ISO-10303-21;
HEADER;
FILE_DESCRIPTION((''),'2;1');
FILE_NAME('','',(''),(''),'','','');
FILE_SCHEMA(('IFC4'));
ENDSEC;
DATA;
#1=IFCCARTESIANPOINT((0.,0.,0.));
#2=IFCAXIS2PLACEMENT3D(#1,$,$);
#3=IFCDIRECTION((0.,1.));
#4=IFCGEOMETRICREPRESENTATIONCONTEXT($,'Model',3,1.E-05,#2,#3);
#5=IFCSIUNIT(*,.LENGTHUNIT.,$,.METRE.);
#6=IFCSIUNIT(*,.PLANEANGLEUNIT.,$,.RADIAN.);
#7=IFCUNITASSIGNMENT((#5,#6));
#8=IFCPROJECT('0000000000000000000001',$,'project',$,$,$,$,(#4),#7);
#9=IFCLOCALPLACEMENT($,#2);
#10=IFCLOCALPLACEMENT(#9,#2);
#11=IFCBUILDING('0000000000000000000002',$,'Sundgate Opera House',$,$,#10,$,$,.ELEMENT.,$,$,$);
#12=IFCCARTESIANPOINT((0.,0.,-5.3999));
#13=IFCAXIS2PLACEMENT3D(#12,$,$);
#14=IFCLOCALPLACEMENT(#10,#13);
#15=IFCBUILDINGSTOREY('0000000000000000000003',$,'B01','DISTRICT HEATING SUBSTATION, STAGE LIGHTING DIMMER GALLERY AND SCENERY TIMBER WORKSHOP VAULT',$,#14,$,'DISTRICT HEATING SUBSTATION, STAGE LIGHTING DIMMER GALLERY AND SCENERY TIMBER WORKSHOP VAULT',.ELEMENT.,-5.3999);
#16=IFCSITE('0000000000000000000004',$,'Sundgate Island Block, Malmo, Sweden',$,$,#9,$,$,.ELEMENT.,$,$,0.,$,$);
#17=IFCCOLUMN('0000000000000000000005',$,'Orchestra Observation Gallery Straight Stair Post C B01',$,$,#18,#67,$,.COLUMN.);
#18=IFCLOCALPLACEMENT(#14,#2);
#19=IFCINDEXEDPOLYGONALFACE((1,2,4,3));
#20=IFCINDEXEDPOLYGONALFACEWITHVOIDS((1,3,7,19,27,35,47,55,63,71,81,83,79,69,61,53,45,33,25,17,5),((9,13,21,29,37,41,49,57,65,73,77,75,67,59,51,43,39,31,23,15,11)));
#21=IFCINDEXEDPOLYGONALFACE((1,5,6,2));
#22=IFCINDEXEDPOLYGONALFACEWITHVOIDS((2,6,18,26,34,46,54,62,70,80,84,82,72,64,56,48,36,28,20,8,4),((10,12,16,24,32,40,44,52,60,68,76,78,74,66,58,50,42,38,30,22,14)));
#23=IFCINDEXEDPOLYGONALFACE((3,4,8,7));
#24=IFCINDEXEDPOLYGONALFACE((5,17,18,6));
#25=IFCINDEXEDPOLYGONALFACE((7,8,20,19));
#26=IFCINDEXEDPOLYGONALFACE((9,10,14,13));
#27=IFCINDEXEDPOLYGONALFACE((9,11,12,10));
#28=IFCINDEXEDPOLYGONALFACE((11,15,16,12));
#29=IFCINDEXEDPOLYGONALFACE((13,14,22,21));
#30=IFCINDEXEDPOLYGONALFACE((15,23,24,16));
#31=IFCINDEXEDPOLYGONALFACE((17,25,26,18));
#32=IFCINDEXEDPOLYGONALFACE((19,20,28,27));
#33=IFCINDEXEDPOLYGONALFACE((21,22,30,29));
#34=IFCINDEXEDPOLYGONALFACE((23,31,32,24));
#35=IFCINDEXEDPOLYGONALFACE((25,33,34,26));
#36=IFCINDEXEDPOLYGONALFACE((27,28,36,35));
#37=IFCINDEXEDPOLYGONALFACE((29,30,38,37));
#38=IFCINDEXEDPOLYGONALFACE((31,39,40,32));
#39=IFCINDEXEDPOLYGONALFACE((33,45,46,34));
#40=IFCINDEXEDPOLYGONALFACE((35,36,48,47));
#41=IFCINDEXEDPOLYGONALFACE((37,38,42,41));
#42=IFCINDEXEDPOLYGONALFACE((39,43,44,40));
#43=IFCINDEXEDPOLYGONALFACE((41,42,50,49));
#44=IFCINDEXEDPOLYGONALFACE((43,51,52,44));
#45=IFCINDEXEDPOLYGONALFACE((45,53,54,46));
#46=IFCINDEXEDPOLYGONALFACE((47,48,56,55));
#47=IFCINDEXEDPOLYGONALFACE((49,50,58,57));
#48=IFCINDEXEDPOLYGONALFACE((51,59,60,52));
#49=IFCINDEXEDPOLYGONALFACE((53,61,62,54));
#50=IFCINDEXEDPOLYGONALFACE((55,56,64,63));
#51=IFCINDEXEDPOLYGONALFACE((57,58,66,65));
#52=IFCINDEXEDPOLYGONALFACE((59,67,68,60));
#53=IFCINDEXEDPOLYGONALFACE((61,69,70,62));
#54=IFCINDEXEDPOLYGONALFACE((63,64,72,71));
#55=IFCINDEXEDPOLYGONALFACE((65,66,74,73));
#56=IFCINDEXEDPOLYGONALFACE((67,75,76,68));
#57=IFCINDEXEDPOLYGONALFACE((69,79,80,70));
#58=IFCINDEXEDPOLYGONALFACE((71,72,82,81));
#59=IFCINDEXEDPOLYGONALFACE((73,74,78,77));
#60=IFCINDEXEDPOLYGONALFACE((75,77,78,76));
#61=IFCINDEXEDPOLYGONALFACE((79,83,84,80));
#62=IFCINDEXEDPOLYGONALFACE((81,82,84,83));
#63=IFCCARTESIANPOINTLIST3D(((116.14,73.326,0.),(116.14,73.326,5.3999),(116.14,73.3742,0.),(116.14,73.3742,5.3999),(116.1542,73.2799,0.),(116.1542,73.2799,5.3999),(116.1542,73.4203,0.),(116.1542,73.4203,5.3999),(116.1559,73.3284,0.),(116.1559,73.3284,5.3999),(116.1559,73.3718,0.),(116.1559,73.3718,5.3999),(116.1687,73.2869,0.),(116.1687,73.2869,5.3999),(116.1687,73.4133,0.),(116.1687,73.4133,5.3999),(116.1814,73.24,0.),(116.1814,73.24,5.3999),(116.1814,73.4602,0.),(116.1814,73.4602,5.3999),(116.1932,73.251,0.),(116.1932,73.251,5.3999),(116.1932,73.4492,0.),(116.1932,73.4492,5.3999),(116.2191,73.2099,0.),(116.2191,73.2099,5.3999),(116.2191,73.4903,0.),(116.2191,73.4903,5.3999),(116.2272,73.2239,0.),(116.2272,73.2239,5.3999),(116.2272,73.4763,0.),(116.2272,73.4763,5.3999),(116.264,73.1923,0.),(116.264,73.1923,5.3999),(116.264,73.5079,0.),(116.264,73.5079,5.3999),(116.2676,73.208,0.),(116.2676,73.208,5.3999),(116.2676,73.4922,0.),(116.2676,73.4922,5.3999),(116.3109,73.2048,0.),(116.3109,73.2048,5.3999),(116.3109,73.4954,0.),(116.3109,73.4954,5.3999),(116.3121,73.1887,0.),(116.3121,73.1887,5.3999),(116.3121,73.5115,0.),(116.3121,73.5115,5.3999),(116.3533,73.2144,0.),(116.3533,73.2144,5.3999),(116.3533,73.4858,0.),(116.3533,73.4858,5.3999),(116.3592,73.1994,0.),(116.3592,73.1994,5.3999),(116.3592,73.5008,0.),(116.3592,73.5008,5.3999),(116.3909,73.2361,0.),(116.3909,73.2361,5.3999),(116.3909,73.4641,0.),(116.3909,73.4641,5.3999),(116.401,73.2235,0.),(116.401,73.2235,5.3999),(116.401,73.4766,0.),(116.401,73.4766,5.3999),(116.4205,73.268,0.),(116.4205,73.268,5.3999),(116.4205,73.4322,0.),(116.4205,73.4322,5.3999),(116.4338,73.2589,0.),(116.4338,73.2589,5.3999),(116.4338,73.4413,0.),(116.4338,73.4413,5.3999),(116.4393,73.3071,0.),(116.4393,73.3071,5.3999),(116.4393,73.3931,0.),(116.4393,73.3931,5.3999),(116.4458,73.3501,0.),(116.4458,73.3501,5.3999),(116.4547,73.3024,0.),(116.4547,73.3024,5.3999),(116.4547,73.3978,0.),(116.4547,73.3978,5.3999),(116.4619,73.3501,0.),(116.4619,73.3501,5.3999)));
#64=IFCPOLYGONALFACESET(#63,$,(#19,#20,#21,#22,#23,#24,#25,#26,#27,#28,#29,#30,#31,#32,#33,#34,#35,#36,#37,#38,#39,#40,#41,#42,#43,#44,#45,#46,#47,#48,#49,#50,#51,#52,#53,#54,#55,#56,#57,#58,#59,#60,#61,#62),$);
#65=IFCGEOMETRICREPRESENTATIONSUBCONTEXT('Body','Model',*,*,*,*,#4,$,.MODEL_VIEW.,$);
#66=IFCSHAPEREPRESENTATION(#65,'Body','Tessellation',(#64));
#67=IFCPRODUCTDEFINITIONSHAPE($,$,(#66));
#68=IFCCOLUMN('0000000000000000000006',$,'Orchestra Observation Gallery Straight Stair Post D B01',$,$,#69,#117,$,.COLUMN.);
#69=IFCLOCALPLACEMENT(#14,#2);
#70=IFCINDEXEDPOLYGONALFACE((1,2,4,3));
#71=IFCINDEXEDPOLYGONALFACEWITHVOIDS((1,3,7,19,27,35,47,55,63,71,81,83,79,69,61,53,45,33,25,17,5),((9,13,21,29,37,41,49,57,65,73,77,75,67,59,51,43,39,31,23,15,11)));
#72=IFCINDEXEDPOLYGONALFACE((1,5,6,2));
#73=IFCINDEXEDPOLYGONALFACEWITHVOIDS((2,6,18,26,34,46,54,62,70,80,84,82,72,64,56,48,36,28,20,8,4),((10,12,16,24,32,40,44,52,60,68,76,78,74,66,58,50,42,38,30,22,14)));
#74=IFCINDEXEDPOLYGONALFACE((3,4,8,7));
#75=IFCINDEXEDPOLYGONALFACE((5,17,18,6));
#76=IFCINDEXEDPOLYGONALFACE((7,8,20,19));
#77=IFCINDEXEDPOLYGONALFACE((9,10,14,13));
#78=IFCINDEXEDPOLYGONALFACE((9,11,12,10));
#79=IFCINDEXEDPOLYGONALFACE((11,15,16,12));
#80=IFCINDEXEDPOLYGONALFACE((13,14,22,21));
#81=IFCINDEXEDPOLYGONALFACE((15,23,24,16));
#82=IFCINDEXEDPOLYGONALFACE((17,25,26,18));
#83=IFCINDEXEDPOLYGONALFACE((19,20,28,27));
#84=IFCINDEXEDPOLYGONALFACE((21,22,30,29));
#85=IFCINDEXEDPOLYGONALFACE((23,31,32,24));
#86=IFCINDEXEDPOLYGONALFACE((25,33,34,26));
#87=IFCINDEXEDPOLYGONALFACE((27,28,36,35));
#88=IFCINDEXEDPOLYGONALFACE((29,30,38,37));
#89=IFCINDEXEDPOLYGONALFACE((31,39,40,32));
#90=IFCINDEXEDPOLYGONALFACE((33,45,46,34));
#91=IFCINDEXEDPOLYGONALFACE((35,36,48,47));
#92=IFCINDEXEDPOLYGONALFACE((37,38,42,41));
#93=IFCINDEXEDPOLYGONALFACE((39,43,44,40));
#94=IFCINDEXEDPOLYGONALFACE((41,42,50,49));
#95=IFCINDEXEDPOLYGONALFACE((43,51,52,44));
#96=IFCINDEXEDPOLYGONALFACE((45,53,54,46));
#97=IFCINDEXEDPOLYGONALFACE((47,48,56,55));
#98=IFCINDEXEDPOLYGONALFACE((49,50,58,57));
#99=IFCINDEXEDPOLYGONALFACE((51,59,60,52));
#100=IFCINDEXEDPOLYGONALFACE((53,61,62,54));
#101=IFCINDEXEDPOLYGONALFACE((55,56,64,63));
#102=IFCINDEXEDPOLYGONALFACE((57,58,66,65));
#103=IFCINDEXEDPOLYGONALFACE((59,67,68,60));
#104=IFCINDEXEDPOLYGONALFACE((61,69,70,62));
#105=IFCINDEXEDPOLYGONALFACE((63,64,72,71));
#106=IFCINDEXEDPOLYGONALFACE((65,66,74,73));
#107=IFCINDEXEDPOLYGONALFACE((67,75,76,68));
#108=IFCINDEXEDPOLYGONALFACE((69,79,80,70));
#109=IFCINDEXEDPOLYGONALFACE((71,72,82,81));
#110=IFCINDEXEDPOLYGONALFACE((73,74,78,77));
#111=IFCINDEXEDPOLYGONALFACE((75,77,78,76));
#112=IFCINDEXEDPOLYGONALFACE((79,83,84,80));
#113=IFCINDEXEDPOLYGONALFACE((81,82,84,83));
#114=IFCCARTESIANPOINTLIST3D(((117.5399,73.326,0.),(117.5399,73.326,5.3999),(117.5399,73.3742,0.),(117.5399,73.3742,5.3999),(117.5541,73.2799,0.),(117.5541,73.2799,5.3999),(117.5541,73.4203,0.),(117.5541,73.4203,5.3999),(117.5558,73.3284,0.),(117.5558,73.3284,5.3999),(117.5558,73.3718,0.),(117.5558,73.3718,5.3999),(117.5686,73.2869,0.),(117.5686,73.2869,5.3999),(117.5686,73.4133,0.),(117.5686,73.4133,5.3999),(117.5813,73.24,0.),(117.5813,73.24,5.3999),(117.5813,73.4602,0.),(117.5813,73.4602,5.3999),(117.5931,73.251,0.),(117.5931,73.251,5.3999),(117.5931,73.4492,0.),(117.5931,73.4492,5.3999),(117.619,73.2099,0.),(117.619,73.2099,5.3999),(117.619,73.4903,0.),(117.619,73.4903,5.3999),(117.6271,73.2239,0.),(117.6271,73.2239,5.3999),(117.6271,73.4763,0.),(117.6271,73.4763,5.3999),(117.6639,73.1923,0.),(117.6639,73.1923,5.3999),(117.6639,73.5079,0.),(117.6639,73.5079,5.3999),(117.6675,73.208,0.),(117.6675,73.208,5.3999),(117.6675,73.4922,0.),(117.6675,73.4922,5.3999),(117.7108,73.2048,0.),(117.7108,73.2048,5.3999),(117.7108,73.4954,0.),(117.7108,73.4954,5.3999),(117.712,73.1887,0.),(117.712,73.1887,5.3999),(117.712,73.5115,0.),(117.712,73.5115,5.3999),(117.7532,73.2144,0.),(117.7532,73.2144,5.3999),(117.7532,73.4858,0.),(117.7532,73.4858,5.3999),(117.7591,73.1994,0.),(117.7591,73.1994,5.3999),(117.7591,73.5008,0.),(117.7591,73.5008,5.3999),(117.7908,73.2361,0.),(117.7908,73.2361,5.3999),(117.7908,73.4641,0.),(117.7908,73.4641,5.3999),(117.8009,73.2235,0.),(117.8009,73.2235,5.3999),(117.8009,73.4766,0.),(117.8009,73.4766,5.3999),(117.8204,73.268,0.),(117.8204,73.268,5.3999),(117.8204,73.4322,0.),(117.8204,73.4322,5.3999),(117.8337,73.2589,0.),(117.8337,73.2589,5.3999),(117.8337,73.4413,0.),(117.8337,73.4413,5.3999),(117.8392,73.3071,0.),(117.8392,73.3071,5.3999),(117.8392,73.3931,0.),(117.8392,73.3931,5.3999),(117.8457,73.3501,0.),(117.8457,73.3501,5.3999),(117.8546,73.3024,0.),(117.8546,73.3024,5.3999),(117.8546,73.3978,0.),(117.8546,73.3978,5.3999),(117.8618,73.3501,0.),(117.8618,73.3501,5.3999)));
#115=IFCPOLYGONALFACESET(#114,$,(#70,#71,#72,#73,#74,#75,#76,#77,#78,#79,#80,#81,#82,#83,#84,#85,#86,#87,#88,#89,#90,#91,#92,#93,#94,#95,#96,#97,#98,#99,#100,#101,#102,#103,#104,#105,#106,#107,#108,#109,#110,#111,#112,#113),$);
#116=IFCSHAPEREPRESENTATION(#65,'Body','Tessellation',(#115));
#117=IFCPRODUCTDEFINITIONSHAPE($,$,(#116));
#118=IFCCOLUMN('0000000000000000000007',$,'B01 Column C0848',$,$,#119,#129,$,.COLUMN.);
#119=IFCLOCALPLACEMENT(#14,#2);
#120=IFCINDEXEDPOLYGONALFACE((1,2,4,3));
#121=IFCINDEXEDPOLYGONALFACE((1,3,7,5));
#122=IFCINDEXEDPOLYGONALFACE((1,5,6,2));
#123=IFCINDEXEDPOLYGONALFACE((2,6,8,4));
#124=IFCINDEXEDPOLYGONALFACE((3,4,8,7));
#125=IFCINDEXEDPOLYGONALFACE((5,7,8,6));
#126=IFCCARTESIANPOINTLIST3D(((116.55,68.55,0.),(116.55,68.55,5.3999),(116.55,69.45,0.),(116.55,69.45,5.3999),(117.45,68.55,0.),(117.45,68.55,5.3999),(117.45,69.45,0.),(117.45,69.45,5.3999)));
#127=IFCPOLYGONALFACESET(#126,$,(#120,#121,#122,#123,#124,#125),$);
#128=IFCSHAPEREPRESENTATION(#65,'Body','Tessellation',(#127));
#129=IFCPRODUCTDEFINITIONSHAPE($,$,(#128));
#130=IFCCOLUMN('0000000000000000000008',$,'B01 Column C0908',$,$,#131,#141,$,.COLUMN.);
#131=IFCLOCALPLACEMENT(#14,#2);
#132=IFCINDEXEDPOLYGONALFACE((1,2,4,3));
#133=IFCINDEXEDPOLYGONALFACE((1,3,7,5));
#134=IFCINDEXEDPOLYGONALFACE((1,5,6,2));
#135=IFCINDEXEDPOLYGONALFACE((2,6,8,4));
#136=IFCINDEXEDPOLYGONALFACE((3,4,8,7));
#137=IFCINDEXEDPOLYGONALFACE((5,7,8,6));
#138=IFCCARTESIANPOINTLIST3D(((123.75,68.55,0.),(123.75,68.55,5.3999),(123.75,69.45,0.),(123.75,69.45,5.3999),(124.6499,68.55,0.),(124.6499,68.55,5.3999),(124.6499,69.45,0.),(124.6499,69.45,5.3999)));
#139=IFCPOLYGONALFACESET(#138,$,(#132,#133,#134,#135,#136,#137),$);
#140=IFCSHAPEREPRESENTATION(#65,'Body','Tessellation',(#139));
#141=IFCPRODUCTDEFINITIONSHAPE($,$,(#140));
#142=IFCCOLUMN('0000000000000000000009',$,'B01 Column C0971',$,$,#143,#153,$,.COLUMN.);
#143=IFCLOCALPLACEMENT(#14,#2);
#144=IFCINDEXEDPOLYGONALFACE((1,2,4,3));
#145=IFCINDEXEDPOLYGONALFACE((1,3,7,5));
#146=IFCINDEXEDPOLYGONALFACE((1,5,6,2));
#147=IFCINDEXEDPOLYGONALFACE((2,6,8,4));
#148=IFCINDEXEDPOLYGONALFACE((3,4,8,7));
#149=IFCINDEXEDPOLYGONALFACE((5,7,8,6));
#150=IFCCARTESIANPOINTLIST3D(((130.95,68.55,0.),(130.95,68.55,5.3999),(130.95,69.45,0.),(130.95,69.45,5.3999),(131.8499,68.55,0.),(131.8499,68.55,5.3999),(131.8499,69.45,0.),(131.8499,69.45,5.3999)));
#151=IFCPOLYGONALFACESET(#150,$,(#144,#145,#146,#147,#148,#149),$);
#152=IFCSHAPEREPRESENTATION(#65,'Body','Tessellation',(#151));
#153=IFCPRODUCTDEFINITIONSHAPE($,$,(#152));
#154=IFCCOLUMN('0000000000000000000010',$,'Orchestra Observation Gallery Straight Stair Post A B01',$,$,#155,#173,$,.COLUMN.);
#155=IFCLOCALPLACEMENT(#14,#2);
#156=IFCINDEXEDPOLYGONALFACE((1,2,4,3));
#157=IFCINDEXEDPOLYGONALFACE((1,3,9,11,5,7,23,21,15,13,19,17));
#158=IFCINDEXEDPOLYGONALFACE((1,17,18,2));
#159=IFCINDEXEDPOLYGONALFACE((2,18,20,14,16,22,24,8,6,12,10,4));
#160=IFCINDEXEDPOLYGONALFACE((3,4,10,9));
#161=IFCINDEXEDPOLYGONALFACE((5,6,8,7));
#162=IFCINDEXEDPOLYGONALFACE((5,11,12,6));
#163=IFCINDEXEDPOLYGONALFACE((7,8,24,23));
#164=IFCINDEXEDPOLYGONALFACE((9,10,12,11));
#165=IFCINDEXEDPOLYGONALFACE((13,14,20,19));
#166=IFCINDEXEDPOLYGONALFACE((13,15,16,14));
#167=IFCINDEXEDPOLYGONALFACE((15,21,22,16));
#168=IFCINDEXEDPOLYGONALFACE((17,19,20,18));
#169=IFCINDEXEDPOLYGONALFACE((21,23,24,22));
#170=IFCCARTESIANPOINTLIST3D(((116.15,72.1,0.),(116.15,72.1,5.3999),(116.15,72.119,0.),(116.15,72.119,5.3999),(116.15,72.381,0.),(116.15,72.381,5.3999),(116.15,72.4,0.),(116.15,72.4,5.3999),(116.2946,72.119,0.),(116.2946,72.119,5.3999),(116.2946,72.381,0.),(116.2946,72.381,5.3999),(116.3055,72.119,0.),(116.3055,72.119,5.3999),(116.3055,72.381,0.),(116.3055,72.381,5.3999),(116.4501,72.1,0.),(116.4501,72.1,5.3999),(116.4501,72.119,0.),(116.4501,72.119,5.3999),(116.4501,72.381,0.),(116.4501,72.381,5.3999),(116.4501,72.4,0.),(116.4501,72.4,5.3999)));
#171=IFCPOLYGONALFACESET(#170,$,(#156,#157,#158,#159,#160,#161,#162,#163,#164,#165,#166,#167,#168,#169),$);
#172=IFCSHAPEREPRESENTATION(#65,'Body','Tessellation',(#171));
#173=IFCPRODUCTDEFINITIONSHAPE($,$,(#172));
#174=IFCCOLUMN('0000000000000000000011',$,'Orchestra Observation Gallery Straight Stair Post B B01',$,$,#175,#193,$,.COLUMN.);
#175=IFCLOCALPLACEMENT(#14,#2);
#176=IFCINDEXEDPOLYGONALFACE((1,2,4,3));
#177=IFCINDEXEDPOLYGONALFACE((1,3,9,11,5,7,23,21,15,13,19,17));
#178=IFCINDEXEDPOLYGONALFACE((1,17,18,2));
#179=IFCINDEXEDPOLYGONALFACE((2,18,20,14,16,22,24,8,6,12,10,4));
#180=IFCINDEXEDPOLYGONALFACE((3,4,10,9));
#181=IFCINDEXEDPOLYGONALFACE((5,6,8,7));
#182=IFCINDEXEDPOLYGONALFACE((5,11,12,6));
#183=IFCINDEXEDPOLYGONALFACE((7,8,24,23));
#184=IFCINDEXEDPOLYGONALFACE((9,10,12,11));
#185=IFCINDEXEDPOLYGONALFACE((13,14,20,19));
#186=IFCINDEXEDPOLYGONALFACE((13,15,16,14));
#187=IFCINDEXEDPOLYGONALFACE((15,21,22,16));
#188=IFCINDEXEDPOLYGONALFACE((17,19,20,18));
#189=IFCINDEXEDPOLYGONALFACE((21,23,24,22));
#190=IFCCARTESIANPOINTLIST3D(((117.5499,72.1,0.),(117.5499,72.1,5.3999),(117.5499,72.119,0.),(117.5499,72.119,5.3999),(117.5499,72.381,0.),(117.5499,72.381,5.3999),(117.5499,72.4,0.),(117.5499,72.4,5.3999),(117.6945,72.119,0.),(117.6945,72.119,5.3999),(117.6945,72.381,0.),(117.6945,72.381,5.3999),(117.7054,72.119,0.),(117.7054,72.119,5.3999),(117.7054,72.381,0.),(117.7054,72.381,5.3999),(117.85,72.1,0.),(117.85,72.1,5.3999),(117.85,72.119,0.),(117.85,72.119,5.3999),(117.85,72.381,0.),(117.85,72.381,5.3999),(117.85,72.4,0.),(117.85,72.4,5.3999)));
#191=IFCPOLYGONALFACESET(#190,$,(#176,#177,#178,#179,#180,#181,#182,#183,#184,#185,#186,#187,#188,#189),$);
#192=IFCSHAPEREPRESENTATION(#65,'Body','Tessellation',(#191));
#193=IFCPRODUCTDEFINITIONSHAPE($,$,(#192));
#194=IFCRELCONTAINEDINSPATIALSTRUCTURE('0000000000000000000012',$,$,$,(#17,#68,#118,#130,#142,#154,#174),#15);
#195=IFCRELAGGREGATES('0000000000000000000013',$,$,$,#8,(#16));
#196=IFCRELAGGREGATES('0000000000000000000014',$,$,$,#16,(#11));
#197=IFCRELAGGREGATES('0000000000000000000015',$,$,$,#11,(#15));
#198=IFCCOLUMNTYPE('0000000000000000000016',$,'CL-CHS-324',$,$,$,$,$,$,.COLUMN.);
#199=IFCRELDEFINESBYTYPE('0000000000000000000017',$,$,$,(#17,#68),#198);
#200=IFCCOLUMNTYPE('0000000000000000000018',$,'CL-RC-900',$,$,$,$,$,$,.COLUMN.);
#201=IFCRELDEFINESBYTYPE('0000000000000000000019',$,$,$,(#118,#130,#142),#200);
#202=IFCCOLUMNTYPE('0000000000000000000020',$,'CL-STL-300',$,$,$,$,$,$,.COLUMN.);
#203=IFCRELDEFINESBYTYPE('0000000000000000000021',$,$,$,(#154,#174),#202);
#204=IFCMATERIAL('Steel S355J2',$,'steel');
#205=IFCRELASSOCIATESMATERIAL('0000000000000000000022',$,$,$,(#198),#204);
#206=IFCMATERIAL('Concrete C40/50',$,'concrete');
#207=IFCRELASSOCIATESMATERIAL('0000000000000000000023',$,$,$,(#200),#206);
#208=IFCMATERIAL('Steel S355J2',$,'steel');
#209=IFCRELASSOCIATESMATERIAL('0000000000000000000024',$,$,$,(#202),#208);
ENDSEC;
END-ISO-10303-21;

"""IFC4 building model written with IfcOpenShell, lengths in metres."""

from ifc_helpers import new_model, si_unit, direction, frame, origin, origin_2d, place, context, subcontext, project, spatial, rectangle, hollow_circle, i_section, extrude, material, material_profile, profile_set, type_object, element, save


model = new_model("IFC4")

# Units and contexts
model_context = context("Model", 3, precision=1e-05, world=origin(), true_north=direction((0.0, 1.0)))
body_context = subcontext(model_context, "Body", "Model", "MODEL_VIEW")
ifc_project = project(units=[si_unit("LENGTHUNIT", "METRE"), si_unit("PLANEANGLEUNIT", "RADIAN")], contexts=[model_context])

# Site, building, storey
site_placement = place(None, origin())
site = spatial("IfcSite", under=ifc_project, at=site_placement, Name="Sundgate Island Block, Malmo, Sweden", CompositionType="ELEMENT", RefElevation=0.0)
building_placement = place(site_placement, origin())
building = spatial("IfcBuilding", under=site, at=building_placement, Name="Sundgate Opera House", CompositionType="ELEMENT")
storey_placement = place(building_placement, frame((0.0, 0.0, -5.3999)))
storey = spatial("IfcBuildingStorey", under=building, at=storey_placement, Name="B01", Description="DISTRICT HEATING SUBSTATION, STAGE LIGHTING DIMMER GALLERY AND SCENERY TIMBER WORKSHOP VAULT", LongName="DISTRICT HEATING SUBSTATION, STAGE LIGHTING DIMMER GALLERY AND SCENERY TIMBER WORKSHOP VAULT", CompositionType="ELEMENT", Elevation=-5.3999)

# Columns
ifc_material_1 = material(Name="Steel S355J2", Category="steel")
ifc_material_profile_1 = material_profile(ifc_material_1, hollow_circle(Radius=0.1619, WallThickness=0.0161, at=origin_2d()), Name="CHS 323.9x16.0")
ifc_profile_set_1 = profile_set([ifc_material_profile_1], Name="Steel S355J2")
column_type_1 = type_object("IfcColumnType", Name="CL-CHS-324", PredefinedType="COLUMN", material=ifc_profile_set_1)
for number, where, z_axis, x_axis, name in (
    (1, (116.3, 73.3501, 0.0), (0.0, 0.0, 1.0), (1.0, 0.0, 0.0), "Orchestra Observation Gallery Straight Stair Post C B01"),
    (2, (117.7, 73.3501, 0.0), (0.0, 0.0, 1.0), (1.0, 0.0, 0.0), "Orchestra Observation Gallery Straight Stair Post D B01"),
):
    element("IfcColumn", number, at=place(storey_placement, frame(where, z_axis=z_axis, x_axis=x_axis)), inside=storey, type_object=column_type_1, Name=name, PredefinedType="COLUMN", context=body_context, shape_type="SweptSolid", body=[
        extrude(hollow_circle(Radius=0.1619, WallThickness=0.0161, at=origin_2d()), origin(), (0.0, 0.0, 1.0), 5.3999),
    ])
ifc_material_2 = material(Name="Concrete C40/50", Category="concrete")
ifc_material_profile_2 = material_profile(ifc_material_2, rectangle(XDim=0.8999, YDim=0.8999, at=origin_2d()), Name="RC 900x900")
ifc_profile_set_2 = profile_set([ifc_material_profile_2], Name="Concrete C40/50")
column_type_2 = type_object("IfcColumnType", Name="CL-RC-900", PredefinedType="COLUMN", material=ifc_profile_set_2)
for number, where, z_axis, x_axis, name in (
    (3, (117.0, 69.0, 0.0), (0.0, 0.0, 1.0), (1.0, 0.0, 0.0), "B01 Column C0848"),
    (4, (124.2, 69.0, 0.0), (0.0, 0.0, 1.0), (1.0, 0.0, 0.0), "B01 Column C0908"),
    (5, (131.3999, 69.0, 0.0), (0.0, 0.0, 1.0), (1.0, 0.0, 0.0), "B01 Column C0971"),
):
    element("IfcColumn", number, at=place(storey_placement, frame(where, z_axis=z_axis, x_axis=x_axis)), inside=storey, type_object=column_type_2, Name=name, PredefinedType="COLUMN", context=body_context, shape_type="SweptSolid", body=[
        extrude(rectangle(XDim=0.8999, YDim=0.8999, at=origin_2d()), origin(), (0.0, 0.0, 1.0), 5.3999),
    ])
ifc_material_3 = material(Name="Steel S355J2", Category="steel")
ifc_material_profile_3 = material_profile(ifc_material_3, i_section(OverallWidth=0.3, OverallDepth=0.3, WebThickness=0.011, FlangeThickness=0.019, at=origin_2d()), Name="HEB 300")
ifc_profile_set_3 = profile_set([ifc_material_profile_3], Name="Steel S355J2")
column_type_3 = type_object("IfcColumnType", Name="CL-STL-300", PredefinedType="COLUMN", material=ifc_profile_set_3)
for number, where, z_axis, x_axis, name in (
    (6, (116.3, 72.25, 0.0), (0.0, 0.0, 1.0), (1.0, 0.0, 0.0), "Orchestra Observation Gallery Straight Stair Post A B01"),
    (7, (117.7, 72.25, 0.0), (0.0, 0.0, 1.0), (1.0, 0.0, 0.0), "Orchestra Observation Gallery Straight Stair Post B B01"),
):
    element("IfcColumn", number, at=place(storey_placement, frame(where, z_axis=z_axis, x_axis=x_axis)), inside=storey, type_object=column_type_3, Name=name, PredefinedType="COLUMN", context=body_context, shape_type="SweptSolid", body=[
        extrude(i_section(OverallWidth=0.3, OverallDepth=0.3, WebThickness=0.011, FlangeThickness=0.019, at=origin_2d()), origin(), (0.0, 0.0, 1.0), 5.3999),
    ])

save(model, "model.ifc")
